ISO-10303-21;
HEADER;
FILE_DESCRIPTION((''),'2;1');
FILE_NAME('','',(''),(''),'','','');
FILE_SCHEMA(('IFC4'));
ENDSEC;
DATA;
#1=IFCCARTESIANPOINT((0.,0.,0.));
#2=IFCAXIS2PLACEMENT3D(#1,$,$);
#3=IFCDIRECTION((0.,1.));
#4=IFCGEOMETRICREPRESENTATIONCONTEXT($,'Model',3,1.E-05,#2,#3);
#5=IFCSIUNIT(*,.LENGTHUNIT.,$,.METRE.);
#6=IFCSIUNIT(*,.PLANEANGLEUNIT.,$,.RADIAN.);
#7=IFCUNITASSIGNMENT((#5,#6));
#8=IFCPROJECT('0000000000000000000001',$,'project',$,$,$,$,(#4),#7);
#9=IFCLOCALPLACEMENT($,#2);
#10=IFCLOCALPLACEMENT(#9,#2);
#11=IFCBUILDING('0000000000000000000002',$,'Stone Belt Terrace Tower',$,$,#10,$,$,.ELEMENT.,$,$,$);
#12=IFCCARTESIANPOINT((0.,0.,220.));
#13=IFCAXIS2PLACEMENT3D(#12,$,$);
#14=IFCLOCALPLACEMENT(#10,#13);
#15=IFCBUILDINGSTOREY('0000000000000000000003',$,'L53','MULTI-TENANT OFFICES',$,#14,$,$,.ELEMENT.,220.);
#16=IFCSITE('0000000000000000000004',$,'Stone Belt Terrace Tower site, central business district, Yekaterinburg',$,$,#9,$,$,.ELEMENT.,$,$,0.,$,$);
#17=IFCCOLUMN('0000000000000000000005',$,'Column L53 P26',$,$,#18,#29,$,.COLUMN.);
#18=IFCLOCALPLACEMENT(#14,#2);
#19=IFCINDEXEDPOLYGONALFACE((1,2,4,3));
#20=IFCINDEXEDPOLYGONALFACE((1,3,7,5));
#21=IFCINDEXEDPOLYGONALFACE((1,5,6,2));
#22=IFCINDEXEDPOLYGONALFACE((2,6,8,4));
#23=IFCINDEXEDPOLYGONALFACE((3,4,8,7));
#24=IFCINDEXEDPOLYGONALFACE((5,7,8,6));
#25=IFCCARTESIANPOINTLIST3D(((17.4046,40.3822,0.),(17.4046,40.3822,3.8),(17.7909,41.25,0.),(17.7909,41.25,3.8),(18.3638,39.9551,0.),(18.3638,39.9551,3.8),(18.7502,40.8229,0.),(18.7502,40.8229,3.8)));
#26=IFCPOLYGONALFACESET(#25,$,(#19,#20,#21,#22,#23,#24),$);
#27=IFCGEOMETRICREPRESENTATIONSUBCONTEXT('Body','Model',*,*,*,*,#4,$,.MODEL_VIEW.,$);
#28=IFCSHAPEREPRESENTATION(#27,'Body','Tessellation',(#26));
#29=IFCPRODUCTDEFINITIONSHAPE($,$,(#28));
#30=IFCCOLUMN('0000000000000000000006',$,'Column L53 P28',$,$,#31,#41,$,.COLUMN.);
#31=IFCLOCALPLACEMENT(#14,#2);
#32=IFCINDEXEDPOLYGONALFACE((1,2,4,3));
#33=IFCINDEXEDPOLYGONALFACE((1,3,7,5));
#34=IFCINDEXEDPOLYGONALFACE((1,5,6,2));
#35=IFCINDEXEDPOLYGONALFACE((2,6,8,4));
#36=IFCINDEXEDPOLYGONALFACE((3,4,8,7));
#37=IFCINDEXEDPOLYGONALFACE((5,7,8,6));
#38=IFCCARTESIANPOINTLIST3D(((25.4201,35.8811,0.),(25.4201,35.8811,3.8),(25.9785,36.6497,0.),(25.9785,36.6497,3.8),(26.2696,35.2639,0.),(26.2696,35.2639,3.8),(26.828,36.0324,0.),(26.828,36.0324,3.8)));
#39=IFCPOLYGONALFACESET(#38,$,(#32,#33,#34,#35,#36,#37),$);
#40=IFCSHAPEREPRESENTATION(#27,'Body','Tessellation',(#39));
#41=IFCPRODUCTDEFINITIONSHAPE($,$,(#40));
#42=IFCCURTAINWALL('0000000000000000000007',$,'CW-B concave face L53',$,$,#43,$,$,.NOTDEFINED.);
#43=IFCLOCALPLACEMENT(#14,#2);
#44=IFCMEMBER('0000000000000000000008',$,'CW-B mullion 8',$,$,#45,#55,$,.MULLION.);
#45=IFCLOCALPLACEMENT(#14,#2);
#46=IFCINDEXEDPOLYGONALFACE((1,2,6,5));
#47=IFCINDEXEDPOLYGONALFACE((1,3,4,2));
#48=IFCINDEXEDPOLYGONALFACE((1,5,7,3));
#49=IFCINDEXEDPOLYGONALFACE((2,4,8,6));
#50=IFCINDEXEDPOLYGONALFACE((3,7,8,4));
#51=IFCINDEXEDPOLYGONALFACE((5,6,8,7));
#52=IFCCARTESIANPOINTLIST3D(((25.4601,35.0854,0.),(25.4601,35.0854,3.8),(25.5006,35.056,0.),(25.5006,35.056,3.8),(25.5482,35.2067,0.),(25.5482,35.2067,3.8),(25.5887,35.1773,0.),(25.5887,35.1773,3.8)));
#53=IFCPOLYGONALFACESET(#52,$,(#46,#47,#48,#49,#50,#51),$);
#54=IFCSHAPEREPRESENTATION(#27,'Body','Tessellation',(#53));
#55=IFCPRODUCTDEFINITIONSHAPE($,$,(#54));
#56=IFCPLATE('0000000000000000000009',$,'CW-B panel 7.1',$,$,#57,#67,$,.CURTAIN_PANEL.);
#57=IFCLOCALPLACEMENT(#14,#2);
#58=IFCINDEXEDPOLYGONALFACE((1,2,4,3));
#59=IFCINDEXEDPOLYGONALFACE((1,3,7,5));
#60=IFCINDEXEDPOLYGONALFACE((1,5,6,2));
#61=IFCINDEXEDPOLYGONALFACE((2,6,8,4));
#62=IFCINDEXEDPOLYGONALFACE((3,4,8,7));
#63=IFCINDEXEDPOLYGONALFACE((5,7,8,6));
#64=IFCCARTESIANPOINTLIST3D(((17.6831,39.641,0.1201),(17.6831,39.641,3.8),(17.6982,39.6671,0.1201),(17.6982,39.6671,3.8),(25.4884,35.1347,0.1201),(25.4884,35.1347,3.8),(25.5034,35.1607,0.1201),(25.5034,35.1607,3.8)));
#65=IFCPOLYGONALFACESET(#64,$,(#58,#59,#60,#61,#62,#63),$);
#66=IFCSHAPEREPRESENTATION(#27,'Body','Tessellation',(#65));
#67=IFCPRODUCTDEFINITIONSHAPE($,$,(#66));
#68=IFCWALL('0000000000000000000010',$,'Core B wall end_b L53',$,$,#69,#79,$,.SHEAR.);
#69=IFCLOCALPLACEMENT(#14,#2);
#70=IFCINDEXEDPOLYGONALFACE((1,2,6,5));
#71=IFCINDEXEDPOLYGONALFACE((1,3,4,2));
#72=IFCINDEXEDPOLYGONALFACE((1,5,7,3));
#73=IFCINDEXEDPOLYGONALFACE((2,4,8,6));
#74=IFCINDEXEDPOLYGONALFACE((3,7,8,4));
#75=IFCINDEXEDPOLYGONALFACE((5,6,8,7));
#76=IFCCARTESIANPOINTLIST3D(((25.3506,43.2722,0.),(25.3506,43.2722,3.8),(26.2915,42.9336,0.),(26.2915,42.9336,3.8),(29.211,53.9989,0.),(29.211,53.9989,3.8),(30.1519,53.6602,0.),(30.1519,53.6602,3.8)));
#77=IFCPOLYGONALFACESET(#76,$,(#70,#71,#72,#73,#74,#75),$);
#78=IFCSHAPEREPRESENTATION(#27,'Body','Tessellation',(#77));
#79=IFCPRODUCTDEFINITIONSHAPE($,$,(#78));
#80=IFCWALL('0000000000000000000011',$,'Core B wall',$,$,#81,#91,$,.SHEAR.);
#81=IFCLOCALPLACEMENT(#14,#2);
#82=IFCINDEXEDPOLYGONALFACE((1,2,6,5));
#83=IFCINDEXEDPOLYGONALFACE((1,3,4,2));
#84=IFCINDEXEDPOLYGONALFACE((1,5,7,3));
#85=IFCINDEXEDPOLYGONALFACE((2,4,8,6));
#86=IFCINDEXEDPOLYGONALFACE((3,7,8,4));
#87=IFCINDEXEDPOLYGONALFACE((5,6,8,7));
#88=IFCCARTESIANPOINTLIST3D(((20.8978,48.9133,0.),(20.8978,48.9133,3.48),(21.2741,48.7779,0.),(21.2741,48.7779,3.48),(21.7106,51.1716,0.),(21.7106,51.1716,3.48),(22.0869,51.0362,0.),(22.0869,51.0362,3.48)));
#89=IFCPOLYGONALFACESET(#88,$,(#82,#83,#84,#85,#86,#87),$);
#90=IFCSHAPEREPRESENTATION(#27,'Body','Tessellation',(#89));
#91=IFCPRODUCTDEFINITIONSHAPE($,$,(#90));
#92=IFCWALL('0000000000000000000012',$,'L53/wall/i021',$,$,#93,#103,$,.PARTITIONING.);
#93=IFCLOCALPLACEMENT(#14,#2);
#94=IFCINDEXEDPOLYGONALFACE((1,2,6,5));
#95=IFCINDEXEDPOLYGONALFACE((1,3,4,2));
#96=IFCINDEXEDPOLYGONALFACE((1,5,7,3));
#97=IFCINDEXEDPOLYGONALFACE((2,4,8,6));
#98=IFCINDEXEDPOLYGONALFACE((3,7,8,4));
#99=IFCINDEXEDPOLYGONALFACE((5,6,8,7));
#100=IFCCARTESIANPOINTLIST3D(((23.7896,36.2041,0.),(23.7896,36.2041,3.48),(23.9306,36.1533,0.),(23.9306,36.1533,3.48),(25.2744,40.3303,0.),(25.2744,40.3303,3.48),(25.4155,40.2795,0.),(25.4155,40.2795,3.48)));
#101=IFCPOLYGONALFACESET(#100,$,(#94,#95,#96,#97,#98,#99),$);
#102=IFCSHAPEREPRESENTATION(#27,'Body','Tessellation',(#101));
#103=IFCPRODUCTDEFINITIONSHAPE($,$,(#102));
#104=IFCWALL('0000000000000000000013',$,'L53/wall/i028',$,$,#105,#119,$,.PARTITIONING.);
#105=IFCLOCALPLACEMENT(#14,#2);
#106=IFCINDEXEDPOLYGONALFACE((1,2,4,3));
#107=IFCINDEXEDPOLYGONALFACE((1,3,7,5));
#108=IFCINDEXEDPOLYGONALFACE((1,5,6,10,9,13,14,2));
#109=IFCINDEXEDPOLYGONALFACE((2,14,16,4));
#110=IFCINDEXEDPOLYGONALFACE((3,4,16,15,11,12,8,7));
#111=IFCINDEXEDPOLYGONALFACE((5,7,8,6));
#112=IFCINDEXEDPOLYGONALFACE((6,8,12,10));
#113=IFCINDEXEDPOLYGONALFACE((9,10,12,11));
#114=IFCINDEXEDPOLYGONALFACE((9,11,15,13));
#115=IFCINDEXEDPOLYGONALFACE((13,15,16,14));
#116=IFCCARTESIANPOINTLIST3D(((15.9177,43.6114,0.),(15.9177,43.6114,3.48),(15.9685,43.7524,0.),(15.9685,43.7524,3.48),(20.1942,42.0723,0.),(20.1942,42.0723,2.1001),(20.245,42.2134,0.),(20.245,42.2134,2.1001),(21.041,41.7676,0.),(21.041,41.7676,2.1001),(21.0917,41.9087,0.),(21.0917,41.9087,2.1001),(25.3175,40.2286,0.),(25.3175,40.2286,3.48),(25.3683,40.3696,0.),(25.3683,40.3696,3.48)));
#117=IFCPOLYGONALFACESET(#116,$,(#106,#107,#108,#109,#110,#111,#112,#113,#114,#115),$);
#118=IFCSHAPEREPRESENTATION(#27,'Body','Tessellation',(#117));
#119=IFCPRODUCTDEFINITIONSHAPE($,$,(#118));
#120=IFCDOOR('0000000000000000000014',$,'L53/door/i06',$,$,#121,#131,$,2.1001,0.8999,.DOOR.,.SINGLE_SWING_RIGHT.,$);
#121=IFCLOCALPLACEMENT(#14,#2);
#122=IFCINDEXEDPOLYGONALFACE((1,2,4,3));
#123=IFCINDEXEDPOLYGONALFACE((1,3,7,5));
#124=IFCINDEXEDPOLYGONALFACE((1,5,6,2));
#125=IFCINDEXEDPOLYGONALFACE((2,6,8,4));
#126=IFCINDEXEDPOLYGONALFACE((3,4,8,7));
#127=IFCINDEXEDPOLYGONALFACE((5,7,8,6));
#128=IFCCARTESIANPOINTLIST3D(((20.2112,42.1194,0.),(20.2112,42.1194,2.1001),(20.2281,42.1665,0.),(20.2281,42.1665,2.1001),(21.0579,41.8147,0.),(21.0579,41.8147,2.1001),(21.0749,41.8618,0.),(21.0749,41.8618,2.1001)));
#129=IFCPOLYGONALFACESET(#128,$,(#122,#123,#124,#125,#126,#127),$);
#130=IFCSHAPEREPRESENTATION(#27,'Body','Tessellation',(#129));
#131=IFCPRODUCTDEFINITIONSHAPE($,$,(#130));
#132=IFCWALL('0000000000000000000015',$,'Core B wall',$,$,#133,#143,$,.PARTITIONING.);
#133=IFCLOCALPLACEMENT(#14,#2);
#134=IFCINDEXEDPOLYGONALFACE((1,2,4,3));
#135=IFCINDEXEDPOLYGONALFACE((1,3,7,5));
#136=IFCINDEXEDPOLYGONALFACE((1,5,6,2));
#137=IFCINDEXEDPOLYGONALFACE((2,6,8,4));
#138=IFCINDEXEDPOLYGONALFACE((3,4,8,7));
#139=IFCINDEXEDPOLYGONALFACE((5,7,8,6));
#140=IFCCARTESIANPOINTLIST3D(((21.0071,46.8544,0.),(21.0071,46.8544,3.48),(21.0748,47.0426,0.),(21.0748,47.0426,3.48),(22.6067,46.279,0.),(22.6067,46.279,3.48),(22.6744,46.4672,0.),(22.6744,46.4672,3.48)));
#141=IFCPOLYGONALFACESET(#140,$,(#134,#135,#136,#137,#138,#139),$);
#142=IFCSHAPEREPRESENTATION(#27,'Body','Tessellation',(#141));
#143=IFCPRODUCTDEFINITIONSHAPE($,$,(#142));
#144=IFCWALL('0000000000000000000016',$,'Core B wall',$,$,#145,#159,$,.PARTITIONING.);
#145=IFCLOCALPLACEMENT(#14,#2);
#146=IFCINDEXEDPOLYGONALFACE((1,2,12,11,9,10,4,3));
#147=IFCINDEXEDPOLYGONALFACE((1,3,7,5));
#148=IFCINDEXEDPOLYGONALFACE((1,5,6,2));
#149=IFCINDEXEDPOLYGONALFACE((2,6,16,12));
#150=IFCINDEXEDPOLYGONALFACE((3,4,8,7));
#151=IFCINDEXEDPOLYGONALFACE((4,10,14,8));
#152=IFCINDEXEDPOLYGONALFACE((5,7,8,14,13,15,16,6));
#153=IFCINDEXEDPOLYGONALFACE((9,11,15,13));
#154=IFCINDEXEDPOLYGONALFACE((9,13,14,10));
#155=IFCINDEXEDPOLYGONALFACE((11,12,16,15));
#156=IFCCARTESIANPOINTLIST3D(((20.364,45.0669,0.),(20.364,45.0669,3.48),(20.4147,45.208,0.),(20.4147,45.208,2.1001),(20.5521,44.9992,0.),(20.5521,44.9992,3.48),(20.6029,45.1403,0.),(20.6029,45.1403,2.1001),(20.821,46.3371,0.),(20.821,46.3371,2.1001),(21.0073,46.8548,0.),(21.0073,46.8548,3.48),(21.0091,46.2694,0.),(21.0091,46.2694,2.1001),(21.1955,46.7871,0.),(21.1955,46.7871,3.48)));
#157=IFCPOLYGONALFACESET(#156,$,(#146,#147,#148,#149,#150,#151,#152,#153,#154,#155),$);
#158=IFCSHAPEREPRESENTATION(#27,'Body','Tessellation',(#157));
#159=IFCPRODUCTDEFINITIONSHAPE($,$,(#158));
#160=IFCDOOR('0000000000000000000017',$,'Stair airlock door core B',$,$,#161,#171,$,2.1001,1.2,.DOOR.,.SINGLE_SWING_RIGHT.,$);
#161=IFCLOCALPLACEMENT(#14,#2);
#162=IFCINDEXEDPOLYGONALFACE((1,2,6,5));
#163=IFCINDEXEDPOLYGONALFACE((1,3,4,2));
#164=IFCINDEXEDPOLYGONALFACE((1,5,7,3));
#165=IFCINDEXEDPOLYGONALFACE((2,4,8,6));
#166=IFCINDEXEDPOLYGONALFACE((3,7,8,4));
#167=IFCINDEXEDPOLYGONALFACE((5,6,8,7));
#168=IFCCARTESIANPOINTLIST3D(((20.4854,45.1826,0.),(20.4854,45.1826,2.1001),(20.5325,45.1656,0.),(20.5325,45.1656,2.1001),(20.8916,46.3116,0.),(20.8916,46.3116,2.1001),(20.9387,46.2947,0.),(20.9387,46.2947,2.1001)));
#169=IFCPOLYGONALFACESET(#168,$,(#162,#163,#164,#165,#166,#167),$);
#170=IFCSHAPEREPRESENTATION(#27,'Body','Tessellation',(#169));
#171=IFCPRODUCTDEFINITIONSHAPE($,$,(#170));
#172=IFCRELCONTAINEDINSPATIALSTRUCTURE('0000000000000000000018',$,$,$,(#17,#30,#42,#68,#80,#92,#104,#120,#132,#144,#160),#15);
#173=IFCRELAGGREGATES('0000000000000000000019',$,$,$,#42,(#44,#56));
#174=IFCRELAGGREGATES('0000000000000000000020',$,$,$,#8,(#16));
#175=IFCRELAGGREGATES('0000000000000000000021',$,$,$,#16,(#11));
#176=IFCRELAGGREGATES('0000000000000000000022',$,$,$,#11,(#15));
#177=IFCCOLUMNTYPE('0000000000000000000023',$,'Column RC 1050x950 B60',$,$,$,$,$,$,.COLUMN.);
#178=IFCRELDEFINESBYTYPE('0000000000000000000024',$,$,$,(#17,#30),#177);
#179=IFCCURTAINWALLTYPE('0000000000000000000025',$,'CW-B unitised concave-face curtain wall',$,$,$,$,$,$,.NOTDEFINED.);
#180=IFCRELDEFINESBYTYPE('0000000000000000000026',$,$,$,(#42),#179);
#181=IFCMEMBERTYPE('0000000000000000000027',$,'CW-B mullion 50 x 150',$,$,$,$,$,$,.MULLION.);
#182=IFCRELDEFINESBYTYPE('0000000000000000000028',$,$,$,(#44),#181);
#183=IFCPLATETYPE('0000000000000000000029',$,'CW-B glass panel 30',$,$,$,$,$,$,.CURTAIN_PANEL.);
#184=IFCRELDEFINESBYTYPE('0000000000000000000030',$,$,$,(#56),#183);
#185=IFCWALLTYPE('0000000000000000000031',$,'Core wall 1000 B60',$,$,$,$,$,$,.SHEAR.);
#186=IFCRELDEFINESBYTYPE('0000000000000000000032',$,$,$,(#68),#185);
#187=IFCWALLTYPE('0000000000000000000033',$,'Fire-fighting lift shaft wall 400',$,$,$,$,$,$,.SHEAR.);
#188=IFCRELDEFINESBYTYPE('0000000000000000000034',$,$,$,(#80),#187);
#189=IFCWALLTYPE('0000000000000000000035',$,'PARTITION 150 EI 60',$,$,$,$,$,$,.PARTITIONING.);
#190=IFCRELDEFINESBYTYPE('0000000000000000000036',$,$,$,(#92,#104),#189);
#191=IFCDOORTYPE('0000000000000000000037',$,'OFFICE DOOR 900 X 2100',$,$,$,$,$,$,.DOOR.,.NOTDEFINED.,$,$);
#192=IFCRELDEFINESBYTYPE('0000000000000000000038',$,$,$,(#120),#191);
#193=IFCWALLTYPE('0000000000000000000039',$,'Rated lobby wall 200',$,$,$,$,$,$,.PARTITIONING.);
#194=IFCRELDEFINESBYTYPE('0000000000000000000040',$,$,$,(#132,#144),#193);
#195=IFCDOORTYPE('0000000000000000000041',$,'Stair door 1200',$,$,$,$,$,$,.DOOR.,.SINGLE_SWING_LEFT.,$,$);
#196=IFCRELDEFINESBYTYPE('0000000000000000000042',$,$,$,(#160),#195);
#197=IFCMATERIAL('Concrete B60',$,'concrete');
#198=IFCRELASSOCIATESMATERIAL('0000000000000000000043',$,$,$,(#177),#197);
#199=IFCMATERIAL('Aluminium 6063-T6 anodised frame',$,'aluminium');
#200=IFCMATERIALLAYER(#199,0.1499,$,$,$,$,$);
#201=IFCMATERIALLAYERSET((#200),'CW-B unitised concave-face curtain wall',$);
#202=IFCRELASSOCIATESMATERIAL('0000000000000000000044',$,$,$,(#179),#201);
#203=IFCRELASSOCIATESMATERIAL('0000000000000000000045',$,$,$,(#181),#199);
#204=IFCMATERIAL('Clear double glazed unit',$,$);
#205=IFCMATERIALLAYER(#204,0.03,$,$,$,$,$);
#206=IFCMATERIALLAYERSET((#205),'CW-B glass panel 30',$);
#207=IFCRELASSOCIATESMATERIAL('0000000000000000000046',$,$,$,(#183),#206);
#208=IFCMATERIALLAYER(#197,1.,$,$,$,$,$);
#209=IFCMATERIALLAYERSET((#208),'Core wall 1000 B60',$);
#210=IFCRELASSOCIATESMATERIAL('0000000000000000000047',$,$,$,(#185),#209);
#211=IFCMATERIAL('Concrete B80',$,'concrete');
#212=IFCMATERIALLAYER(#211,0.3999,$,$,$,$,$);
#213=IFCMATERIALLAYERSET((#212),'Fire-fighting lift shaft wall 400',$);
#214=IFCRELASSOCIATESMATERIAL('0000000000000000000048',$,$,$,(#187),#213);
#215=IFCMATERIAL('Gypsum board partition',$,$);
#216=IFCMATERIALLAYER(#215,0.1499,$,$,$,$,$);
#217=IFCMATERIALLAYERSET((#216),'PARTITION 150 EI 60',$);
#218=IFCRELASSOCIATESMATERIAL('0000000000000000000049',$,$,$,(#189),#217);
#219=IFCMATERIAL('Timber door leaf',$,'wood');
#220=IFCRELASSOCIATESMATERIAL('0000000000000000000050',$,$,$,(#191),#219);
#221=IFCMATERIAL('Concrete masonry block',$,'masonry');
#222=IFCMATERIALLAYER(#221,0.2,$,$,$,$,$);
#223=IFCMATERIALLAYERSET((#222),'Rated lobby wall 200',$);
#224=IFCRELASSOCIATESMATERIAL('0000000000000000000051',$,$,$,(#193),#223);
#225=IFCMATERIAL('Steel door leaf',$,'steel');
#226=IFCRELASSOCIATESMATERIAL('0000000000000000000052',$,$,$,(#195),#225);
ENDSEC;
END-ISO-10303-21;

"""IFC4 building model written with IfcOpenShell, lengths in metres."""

from ifc_helpers import new_model, si_unit, direction, frame, frame_2d, origin, origin_2d, place, context, subcontext, project, spatial, rectangle, extrude, material, layer, layer_set, material_profile, profile_set, type_object, element, fill, aggregate, save


model = new_model("IFC4")

# Units and contexts
model_context = context("Model", 3, precision=1e-05, world=origin(), true_north=direction((0.0, 1.0)))
body_context = subcontext(model_context, "Body", "Model", "MODEL_VIEW")
ifc_project = project(units=[si_unit("LENGTHUNIT", "METRE"), si_unit("PLANEANGLEUNIT", "RADIAN")], contexts=[model_context])

# Site, building, storey
site_placement = place(None, origin())
site = spatial("IfcSite", under=ifc_project, at=site_placement, Name="Stone Belt Terrace Tower site, central business district, Yekaterinburg", CompositionType="ELEMENT", RefElevation=0.0)
building_placement = place(site_placement, origin())
building = spatial("IfcBuilding", under=site, at=building_placement, Name="Stone Belt Terrace Tower", CompositionType="ELEMENT")
storey_placement = place(building_placement, frame((0.0, 0.0, 220.0)))
storey = spatial("IfcBuildingStorey", under=building, at=storey_placement, Name="L53", Description="MULTI-TENANT OFFICES", CompositionType="ELEMENT", Elevation=220.0)

# Columns
ifc_material_1 = material(Name="Concrete B60", Category="concrete")
ifc_material_profile_1 = material_profile(ifc_material_1, rectangle(XDim=1.05, YDim=0.95, at=origin_2d()), Name="RC 1050x950")
ifc_profile_set_1 = profile_set([ifc_material_profile_1], Name="Concrete B60")
column_type = type_object("IfcColumnType", Name="Column RC 1050x950 B60", PredefinedType="COLUMN", material=ifc_profile_set_1)
for number, where, z_axis, x_axis, name in (
    (1, (18.0774, 40.6025, 0.0), (0.0, 0.0, 1.0), (0.913545, -0.406737, 0.0), "Column L53 P26"),
    (2, (26.124, 35.9568, 0.0), (0.0, 0.0, 1.0), (0.809017, -0.587785, 0.0), "Column L53 P28"),
):
    element("IfcColumn", number, at=place(storey_placement, frame(where, z_axis=z_axis, x_axis=x_axis)), inside=storey, type_object=column_type, Name=name, PredefinedType="COLUMN", context=body_context, shape_type="SweptSolid", body=[
        extrude(rectangle(XDim=1.05, YDim=0.95, at=origin_2d()), origin(), (0.0, 0.0, 1.0), 3.8),
    ])

# Curtain wall, member, plate
ifc_material_2 = material(Name="Aluminium 6063-T6 anodised frame", Category="aluminium")
ifc_layer_1 = layer(ifc_material_2, 0.1499)
ifc_layer_set_1 = layer_set([ifc_layer_1], Name="CW-B unitised concave-face curtain wall")
curtain_wall_type = type_object("IfcCurtainWallType", Name="CW-B unitised concave-face curtain wall", PredefinedType="NOTDEFINED", material=ifc_layer_set_1)
curtain_wall_placement = place(storey_placement, origin())
curtain_wall = element("IfcCurtainWall", 3, at=curtain_wall_placement, inside=storey, type_object=curtain_wall_type, Name="CW-B concave face L53", PredefinedType="NOTDEFINED")
ifc_material_profile_2 = material_profile(ifc_material_2, rectangle(XDim=0.1499, YDim=0.05, at=origin_2d()), Name="Aluminium 6063-T6 50x150")
ifc_profile_set_2 = profile_set([ifc_material_profile_2], Name="Aluminium 6063-T6 anodised frame")
member_type = type_object("IfcMemberType", Name="CW-B mullion 50 x 150", PredefinedType="MULLION", material=ifc_profile_set_2)
member_placement = place(storey_placement, frame((25.5244, 35.1313, 0.0), z_axis=(0.0, 0.0, 1.0), x_axis=(0.587785, 0.809017, 0.0)))
member = element("IfcMember", 4, at=member_placement, type_object=member_type, Name="CW-B mullion 8", PredefinedType="MULLION", context=body_context, shape_type="SweptSolid", body=[
    extrude(rectangle(XDim=0.1499, YDim=0.05, at=origin_2d()), origin(), (0.0, 0.0, 1.0), 3.8),
])
ifc_material_3 = material(Name="Clear double glazed unit")
ifc_layer_2 = layer(ifc_material_3, 0.03)
ifc_layer_set_2 = layer_set([ifc_layer_2], Name="CW-B glass panel 30")
plate_type = type_object("IfcPlateType", Name="CW-B glass panel 30", PredefinedType="CURTAIN_PANEL", material=ifc_layer_set_2)
plate_placement = place(storey_placement, frame((21.5933, 37.4009, 0.1201), z_axis=(0.0, 0.0, 1.0), x_axis=(0.866025, -0.5, 0.0)))
plate = element("IfcPlate", 5, at=plate_placement, type_object=plate_type, Name="CW-B panel 7.1", PredefinedType="CURTAIN_PANEL", context=body_context, shape_type="SweptSolid", body=[
    extrude(rectangle(XDim=9.0127, YDim=0.03, at=origin_2d()), origin(), (0.0, 0.0, 1.0), 3.6799),
])
aggregate(curtain_wall, [member, plate])

# Walls
ifc_layer_3 = layer(ifc_material_1, 1.0)
ifc_layer_set_3 = layer_set([ifc_layer_3], Name="Core wall 1000 B60")
wall_type_1 = type_object("IfcWallType", Name="Core wall 1000 B60", PredefinedType="SHEAR", material=ifc_layer_set_3)
wall_1_placement = place(storey_placement, frame((25.821, 43.1028, 0.0), z_axis=(0.0, 0.0, 1.0), x_axis=(0.338625, 0.940921, 0.0)))
element("IfcWall", 6, at=wall_1_placement, inside=storey, type_object=wall_type_1, Name="Core B wall end_b L53", PredefinedType="SHEAR", context=body_context, shape_type="SweptSolid", body=[
    extrude(rectangle(XDim=11.4001, YDim=1.0, at=frame_2d((5.7002, 0.0))), origin(), (0.0, 0.0, 1.0), 3.8),
])
ifc_material_4 = material(Name="Concrete B80", Category="concrete")
ifc_layer_4 = layer(ifc_material_4, 0.3999)
ifc_layer_set_4 = layer_set([ifc_layer_4], Name="Fire-fighting lift shaft wall 400")
wall_type_2 = type_object("IfcWallType", Name="Fire-fighting lift shaft wall 400", PredefinedType="SHEAR", material=ifc_layer_set_4)
wall_2_placement = place(storey_placement, frame((21.0859, 48.8455, 0.0), z_axis=(0.0, 0.0, 1.0), x_axis=(0.338629, 0.94092, 0.0)))
element("IfcWall", 7, at=wall_2_placement, inside=storey, type_object=wall_type_2, Name="Core B wall", PredefinedType="SHEAR", context=body_context, shape_type="SweptSolid", body=[
    extrude(rectangle(XDim=2.4001, YDim=0.3999, at=frame_2d((1.2002, 0.0))), origin(), (0.0, 0.0, 1.0), 3.48),
])
ifc_material_5 = material(Name="Gypsum board partition")
ifc_layer_5 = layer(ifc_material_5, 0.1499)
ifc_layer_set_5 = layer_set([ifc_layer_5], Name="PARTITION 150 EI 60")
wall_type_3 = type_object("IfcWallType", Name="PARTITION 150 EI 60", PredefinedType="PARTITIONING", material=ifc_layer_set_5)
wall_3_placement = place(storey_placement, frame((23.8601, 36.1787, 0.0), z_axis=(0.0, 0.0, 1.0), x_axis=(0.338603, 0.940929, 0.0)))
element("IfcWall", 8, at=wall_3_placement, inside=storey, type_object=wall_type_3, Name="L53/wall/i021", PredefinedType="PARTITIONING", context=body_context, shape_type="SweptSolid", body=[
    extrude(rectangle(XDim=4.3853, YDim=0.1499, at=frame_2d((2.1926, 0.0))), origin(), (0.0, 0.0, 1.0), 3.48),
])

# Wall, opening, door
wall_4_placement = place(storey_placement, frame((25.343, 40.2991, 0.0), z_axis=(0.0, 0.0, 1.0), x_axis=(-0.940924, 0.338617, 0.0)))
wall_4 = element("IfcWall", 9, at=wall_4_placement, inside=storey, type_object=wall_type_3, Name="L53/wall/i028", PredefinedType="PARTITIONING", context=body_context, shape_type="SweptSolid", body=[
    extrude(rectangle(XDim=9.99, YDim=0.1499, at=frame_2d((4.9951, 0.0))), origin(), (0.0, 0.0, 1.0), 3.48),
])
opening_1_placement = place(wall_4_placement, frame((4.5452, 0.0, 0.0)))
opening_1 = element("IfcOpeningElement", 10, at=opening_1_placement, cuts=wall_4, PredefinedType="OPENING", context=body_context, shape_type="SweptSolid", body=[
    extrude(rectangle(XDim=0.8999, YDim=2.1001, at=frame_2d((0.45, 1.05))), frame((0.0, 0.085, 0.0), z_axis=(0.0, -1.0, 0.0), x_axis=(1.0, 0.0, 0.0)), (0.0, 0.0, 1.0), 0.1699),
])
ifc_material_6 = material(Name="Timber door leaf", Category="wood")
door_type_1 = type_object("IfcDoorType", Name="OFFICE DOOR 900 X 2100", OperationType="NOTDEFINED", PredefinedType="DOOR", material=ifc_material_6)
door_1_placement = place(opening_1_placement, origin())
door_1 = element("IfcDoor", 11, at=door_1_placement, inside=storey, type_object=door_type_1, Name="L53/door/i06", OperationType="SINGLE_SWING_RIGHT", OverallHeight=2.1001, OverallWidth=0.8999, PredefinedType="DOOR", context=body_context, shape_type="SweptSolid", body=[
    extrude(rectangle(XDim=0.8999, YDim=2.1001, at=frame_2d((0.45, 1.05))), frame((0.0, 0.0249, 0.0), z_axis=(0.0, -1.0, 0.0), x_axis=(1.0, 0.0, 0.0)), (0.0, 0.0, 1.0), 0.05),
])
fill(opening_1, door_1)

# Wall
ifc_material_7 = material(Name="Concrete masonry block", Category="masonry")
ifc_layer_6 = layer(ifc_material_7, 0.2)
ifc_layer_set_6 = layer_set([ifc_layer_6], Name="Rated lobby wall 200")
wall_type_4 = type_object("IfcWallType", Name="Rated lobby wall 200", PredefinedType="PARTITIONING", material=ifc_layer_set_6)
wall_5_placement = place(storey_placement, frame((22.6406, 46.373, 0.0), z_axis=(0.0, 0.0, 1.0), x_axis=(-0.940966, 0.338501, 0.0)))
element("IfcWall", 12, at=wall_5_placement, inside=storey, type_object=wall_type_4, Name="Core B wall", PredefinedType="PARTITIONING", context=body_context, shape_type="SweptSolid", body=[
    extrude(rectangle(XDim=1.7, YDim=0.2, at=frame_2d((0.8501, 0.0))), origin(), (0.0, 0.0, 1.0), 3.48),
])

# Wall, opening, door
wall_6_placement = place(storey_placement, frame((20.458, 45.033, 0.0), z_axis=(0.0, 0.0, 1.0), x_axis=(0.338574, 0.94094, 0.0)))
wall_6 = element("IfcWall", 13, at=wall_6_placement, inside=storey, type_object=wall_type_4, Name="Core B wall", PredefinedType="PARTITIONING", context=body_context, shape_type="SweptSolid", body=[
    extrude(rectangle(XDim=1.9001, YDim=0.2, at=frame_2d((0.9502, 0.0))), origin(), (0.0, 0.0, 1.0), 3.48),
])
opening_2_placement = place(wall_6_placement, frame((0.1499, 0.0, 0.0)))
opening_2 = element("IfcOpeningElement", 14, at=opening_2_placement, cuts=wall_6, PredefinedType="OPENING", context=body_context, shape_type="SweptSolid", body=[
    extrude(rectangle(XDim=1.2, YDim=2.1001, at=frame_2d((0.6001, 1.05))), frame((0.0, 0.1099, 0.0), z_axis=(0.0, -1.0, 0.0), x_axis=(1.0, 0.0, 0.0)), (0.0, 0.0, 1.0), 0.22),
])
ifc_material_8 = material(Name="Steel door leaf", Category="steel")
door_type_2 = type_object("IfcDoorType", Name="Stair door 1200", OperationType="SINGLE_SWING_LEFT", PredefinedType="DOOR", material=ifc_material_8)
door_2_placement = place(opening_2_placement, origin())
door_2 = element("IfcDoor", 15, at=door_2_placement, inside=storey, type_object=door_type_2, Name="Stair airlock door core B", OperationType="SINGLE_SWING_RIGHT", OverallHeight=2.1001, OverallWidth=1.2, PredefinedType="DOOR", context=body_context, shape_type="SweptSolid", body=[
    extrude(rectangle(XDim=1.2, YDim=2.1001, at=frame_2d((0.6001, 1.05))), frame((0.0, 0.0249, 0.0), z_axis=(0.0, -1.0, 0.0), x_axis=(1.0, 0.0, 0.0)), (0.0, 0.0, 1.0), 0.05),
])
fill(opening_2, door_2)

save(model, "model.ifc")
